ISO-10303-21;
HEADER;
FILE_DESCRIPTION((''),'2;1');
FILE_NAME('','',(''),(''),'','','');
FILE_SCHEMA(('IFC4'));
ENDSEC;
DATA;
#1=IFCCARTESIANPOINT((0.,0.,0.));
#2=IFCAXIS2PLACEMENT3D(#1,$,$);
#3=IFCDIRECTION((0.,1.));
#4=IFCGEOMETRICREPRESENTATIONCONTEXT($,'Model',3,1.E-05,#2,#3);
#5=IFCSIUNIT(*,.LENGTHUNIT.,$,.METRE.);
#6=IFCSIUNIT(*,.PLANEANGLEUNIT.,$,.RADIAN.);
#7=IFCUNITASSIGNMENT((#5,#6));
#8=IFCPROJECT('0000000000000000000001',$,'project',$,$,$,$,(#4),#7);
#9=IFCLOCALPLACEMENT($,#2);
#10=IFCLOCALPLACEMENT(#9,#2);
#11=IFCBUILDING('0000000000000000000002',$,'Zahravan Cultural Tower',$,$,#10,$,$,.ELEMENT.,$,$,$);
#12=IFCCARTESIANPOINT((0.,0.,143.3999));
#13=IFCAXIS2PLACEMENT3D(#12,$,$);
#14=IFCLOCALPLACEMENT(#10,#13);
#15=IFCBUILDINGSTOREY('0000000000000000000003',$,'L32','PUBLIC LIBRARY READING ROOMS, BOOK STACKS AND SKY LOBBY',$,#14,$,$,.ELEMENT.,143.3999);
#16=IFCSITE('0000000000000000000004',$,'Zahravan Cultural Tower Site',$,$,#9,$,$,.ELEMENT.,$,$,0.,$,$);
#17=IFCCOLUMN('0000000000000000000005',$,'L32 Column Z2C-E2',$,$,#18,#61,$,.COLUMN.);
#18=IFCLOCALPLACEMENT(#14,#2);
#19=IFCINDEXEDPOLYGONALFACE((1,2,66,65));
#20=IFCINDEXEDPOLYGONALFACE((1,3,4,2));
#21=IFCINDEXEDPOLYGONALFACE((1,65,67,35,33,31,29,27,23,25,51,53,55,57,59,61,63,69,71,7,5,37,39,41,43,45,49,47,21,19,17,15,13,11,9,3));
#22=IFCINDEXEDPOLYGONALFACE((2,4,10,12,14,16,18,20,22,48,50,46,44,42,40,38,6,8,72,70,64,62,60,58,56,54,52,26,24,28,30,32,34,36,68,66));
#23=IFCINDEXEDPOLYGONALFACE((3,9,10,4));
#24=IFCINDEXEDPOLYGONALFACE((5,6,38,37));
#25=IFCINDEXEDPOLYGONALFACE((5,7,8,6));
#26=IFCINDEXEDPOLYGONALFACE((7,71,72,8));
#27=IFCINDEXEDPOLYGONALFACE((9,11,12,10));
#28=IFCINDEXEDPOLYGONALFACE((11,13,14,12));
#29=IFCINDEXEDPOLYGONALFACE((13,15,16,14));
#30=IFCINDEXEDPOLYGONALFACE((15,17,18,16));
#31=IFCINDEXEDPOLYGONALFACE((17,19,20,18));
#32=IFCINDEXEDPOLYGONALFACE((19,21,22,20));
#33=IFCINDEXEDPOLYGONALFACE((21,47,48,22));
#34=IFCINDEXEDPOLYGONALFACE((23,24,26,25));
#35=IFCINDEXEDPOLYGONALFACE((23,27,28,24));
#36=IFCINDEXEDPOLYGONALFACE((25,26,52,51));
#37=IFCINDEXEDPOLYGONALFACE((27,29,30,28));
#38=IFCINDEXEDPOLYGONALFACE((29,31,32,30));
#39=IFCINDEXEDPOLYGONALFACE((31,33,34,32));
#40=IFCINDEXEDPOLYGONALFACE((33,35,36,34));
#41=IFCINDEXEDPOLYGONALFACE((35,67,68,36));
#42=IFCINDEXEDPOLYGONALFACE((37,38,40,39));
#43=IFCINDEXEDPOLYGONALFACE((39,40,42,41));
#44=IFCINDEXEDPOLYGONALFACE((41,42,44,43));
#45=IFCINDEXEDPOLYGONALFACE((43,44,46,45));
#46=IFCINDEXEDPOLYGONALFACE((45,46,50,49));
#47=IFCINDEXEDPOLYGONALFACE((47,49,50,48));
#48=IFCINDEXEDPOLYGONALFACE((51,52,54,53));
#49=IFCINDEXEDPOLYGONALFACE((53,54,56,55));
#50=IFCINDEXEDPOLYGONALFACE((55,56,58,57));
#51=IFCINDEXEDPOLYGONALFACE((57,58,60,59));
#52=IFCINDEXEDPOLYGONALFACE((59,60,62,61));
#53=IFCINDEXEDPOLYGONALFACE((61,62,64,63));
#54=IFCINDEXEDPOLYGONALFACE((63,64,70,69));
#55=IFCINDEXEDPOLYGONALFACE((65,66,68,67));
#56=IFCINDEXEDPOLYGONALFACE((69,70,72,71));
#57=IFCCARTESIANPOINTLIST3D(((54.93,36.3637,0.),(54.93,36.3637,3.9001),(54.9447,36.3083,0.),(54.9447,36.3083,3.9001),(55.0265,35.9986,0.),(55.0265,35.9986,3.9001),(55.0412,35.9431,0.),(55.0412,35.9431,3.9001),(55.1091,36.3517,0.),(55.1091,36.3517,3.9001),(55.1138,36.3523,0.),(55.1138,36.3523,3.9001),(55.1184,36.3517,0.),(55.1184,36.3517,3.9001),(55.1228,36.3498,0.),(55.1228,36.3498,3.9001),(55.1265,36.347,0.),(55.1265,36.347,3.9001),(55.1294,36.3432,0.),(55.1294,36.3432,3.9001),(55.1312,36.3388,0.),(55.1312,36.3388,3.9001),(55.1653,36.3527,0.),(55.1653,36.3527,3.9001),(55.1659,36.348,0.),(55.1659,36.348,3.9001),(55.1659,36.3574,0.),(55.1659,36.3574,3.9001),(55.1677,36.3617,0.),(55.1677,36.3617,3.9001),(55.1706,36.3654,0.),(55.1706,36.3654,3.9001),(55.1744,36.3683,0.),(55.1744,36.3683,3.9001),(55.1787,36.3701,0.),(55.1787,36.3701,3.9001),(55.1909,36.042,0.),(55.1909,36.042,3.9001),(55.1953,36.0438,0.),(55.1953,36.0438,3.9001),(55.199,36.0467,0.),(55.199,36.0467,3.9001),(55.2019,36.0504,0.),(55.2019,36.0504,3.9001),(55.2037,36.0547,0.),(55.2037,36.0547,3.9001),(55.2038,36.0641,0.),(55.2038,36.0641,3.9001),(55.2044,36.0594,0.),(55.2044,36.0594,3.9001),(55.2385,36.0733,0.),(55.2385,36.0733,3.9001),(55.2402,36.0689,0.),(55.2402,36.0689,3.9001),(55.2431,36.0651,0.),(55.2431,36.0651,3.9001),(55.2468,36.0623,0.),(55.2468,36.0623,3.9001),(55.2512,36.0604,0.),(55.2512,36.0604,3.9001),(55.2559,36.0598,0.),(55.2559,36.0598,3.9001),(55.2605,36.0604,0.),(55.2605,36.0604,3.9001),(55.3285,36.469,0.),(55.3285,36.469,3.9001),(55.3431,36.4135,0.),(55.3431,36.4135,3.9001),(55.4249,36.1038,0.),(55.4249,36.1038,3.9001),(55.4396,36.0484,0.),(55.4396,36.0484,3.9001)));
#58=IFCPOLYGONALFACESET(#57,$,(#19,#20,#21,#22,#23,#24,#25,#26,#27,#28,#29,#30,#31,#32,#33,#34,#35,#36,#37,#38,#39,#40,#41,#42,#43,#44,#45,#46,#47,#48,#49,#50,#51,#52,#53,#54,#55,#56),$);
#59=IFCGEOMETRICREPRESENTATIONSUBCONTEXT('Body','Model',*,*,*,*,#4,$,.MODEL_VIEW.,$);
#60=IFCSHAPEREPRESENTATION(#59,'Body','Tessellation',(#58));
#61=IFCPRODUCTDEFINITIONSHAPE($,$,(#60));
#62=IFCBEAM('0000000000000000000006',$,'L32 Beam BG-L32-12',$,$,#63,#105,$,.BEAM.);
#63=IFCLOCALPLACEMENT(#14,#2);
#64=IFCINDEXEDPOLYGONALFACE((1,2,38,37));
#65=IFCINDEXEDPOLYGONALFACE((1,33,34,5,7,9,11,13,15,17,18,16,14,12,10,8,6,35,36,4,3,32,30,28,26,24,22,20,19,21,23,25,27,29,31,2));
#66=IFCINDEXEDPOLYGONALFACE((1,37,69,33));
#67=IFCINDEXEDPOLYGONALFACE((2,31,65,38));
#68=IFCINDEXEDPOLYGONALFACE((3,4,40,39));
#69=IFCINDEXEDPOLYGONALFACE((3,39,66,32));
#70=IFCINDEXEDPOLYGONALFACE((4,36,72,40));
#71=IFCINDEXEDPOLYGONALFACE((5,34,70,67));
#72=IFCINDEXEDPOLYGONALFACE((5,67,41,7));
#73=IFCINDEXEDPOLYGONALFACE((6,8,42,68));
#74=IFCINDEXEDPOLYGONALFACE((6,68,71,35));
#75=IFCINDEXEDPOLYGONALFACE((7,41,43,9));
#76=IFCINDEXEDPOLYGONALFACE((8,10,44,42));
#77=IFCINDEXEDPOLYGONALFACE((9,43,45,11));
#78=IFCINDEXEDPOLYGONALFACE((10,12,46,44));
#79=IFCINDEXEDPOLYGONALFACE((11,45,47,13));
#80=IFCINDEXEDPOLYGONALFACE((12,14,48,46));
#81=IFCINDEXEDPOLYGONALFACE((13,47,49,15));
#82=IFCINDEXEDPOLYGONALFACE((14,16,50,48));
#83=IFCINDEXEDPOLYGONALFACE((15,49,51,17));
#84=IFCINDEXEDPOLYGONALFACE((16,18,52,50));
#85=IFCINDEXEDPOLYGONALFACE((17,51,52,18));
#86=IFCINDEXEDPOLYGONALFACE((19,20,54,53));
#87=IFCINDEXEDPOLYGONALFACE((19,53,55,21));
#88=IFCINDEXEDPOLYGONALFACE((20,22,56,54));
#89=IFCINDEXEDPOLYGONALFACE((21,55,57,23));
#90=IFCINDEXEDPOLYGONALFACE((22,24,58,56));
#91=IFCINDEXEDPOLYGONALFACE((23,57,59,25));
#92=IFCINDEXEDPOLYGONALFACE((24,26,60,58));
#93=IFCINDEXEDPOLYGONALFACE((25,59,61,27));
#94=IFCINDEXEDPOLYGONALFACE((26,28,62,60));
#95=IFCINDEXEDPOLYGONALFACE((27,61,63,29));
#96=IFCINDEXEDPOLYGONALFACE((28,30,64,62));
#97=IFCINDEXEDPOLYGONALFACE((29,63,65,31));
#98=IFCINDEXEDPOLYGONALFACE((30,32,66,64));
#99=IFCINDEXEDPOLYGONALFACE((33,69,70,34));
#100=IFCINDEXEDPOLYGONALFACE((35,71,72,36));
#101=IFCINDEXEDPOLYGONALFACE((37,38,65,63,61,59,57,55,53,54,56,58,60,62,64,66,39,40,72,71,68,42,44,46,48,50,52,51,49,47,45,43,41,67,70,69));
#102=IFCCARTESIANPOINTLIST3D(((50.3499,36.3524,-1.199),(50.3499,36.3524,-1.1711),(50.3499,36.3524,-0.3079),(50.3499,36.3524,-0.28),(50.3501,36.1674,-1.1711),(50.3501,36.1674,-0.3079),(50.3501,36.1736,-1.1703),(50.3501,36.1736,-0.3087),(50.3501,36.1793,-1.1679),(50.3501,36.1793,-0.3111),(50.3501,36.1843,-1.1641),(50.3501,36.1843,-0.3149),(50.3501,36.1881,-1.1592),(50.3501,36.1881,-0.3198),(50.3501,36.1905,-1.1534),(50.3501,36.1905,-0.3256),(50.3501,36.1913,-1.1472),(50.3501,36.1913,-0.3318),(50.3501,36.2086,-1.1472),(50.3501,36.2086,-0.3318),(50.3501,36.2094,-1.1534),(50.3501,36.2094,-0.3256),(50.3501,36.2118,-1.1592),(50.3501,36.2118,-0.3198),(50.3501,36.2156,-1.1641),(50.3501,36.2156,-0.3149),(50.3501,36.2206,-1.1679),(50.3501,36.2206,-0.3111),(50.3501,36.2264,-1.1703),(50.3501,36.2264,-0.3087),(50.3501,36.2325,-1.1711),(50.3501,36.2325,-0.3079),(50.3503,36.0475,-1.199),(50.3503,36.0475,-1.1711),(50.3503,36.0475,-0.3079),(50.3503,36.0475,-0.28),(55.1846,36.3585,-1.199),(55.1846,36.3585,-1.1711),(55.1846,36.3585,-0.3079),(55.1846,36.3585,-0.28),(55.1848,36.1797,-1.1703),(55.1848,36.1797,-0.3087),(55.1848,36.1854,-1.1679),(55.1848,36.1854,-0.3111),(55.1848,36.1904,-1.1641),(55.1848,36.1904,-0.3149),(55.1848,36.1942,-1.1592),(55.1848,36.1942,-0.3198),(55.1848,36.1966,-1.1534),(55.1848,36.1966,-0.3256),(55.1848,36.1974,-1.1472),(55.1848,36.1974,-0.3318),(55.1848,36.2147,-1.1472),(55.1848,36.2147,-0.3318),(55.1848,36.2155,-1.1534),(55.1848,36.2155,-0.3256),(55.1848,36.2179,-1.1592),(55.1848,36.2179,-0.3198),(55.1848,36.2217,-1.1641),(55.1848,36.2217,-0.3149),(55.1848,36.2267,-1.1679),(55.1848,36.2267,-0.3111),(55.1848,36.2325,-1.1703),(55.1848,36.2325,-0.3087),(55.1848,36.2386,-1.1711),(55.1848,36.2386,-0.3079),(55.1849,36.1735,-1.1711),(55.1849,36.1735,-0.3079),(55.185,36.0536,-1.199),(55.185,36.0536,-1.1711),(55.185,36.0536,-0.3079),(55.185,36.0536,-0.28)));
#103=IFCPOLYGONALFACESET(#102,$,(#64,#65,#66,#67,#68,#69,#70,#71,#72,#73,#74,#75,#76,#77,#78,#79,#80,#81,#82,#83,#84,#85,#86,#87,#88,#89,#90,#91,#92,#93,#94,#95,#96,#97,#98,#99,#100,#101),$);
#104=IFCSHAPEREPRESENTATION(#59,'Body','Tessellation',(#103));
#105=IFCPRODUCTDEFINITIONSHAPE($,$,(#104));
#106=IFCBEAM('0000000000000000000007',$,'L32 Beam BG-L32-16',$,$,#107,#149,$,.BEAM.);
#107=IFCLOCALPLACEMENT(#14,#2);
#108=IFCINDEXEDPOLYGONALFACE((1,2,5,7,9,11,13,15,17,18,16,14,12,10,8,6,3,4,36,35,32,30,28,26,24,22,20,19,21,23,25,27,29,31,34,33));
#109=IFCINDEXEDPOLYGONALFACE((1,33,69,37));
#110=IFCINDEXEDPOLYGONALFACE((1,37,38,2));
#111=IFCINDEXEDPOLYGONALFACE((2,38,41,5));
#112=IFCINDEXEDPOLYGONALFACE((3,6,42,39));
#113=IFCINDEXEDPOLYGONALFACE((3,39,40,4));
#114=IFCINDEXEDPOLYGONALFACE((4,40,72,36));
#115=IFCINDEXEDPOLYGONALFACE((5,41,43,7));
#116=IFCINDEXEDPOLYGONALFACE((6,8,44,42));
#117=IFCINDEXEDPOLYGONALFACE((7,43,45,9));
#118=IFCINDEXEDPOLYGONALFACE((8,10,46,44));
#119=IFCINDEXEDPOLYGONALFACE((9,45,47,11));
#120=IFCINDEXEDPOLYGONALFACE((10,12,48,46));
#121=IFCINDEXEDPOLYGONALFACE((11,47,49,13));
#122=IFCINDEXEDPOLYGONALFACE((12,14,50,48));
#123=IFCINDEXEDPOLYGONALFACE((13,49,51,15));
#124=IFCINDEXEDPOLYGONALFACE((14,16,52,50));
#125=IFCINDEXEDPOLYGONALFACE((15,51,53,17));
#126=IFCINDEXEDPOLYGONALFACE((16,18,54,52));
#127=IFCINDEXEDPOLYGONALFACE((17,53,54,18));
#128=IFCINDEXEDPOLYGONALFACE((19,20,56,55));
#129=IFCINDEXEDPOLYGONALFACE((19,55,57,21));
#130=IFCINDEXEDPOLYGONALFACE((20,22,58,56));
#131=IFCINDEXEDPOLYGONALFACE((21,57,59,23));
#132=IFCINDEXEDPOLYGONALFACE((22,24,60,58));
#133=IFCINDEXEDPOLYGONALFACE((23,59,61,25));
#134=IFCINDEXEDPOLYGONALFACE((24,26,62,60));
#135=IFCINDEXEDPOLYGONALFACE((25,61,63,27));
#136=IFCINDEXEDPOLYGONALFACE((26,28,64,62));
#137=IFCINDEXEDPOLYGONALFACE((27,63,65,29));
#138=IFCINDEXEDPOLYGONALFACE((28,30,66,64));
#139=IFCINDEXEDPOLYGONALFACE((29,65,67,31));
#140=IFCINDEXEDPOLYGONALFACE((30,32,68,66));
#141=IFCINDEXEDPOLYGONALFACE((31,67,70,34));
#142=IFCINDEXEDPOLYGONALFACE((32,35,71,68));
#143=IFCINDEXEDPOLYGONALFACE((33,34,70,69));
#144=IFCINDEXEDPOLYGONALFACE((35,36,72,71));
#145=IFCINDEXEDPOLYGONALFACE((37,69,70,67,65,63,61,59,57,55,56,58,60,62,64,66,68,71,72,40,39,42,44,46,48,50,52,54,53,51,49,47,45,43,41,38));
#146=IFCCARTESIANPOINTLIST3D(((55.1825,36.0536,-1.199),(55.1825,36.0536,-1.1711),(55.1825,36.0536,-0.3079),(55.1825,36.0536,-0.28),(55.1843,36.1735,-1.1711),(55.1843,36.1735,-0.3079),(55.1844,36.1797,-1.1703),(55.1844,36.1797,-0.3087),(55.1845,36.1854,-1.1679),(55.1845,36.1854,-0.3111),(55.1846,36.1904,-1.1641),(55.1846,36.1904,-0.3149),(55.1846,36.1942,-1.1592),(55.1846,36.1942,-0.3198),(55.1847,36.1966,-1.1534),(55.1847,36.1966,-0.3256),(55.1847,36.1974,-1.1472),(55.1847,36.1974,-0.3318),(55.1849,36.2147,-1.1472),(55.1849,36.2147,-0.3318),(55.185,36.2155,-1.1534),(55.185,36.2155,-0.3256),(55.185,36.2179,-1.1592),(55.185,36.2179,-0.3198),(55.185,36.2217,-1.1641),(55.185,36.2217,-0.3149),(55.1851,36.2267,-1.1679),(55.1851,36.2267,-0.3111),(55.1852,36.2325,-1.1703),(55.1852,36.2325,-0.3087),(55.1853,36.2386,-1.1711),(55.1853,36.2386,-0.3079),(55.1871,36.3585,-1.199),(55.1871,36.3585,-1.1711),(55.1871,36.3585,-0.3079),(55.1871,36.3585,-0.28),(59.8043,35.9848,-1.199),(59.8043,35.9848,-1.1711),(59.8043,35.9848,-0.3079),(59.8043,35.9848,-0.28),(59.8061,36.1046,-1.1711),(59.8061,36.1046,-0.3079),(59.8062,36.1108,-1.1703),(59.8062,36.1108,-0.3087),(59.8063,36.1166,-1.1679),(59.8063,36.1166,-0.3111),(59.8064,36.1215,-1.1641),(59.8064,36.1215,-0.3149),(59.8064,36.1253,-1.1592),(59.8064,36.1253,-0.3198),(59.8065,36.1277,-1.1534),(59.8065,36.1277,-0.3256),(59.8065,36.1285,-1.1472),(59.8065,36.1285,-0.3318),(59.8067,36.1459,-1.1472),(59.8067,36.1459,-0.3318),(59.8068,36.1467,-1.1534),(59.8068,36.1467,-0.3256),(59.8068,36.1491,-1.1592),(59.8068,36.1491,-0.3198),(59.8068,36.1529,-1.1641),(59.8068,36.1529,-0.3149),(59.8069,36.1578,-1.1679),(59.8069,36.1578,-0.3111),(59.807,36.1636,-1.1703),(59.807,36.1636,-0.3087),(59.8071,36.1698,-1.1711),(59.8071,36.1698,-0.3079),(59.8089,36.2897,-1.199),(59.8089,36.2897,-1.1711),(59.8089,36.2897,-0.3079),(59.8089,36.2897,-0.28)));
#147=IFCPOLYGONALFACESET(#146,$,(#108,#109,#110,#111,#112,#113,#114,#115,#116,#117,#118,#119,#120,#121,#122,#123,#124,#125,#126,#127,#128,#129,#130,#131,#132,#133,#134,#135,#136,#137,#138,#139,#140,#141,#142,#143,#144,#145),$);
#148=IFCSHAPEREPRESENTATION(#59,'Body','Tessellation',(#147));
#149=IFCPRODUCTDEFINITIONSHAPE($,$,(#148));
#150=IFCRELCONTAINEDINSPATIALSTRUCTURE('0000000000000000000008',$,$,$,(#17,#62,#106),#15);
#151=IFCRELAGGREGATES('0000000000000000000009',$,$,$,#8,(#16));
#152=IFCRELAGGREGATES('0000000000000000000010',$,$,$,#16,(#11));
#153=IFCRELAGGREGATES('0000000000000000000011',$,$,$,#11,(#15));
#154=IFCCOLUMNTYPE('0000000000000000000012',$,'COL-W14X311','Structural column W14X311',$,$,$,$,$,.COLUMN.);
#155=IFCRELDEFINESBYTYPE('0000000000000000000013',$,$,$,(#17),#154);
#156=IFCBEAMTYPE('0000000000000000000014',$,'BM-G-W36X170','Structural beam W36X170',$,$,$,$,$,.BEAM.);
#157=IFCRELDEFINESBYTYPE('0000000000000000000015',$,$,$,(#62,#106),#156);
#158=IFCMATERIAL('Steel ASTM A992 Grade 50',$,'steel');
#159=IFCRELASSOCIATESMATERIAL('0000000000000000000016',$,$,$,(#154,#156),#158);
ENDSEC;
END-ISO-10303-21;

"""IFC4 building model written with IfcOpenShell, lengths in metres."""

from ifc_helpers import new_model, si_unit, direction, frame, origin, origin_2d, place, context, subcontext, project, spatial, i_section, extrude, source, transform, mapped, material, material_profile, profile_set, type_object, element, save


model = new_model("IFC4")

# Units and contexts
model_context = context("Model", 3, precision=1e-05, world=origin(), true_north=direction((0.0, 1.0)))
body_context = subcontext(model_context, "Body", "Model", "MODEL_VIEW")
ifc_project = project(units=[si_unit("LENGTHUNIT", "METRE"), si_unit("PLANEANGLEUNIT", "RADIAN")], contexts=[model_context])

# Site, building, storey
site_placement = place(None, origin())
site = spatial("IfcSite", under=ifc_project, at=site_placement, Name="Zahravan Cultural Tower Site", CompositionType="ELEMENT", RefElevation=0.0)
building_placement = place(site_placement, origin())
building = spatial("IfcBuilding", under=site, at=building_placement, Name="Zahravan Cultural Tower", CompositionType="ELEMENT")
storey_placement = place(building_placement, frame((0.0, 0.0, 143.3999)))
storey = spatial("IfcBuildingStorey", under=building, at=storey_placement, Name="L32", Description="PUBLIC LIBRARY READING ROOMS, BOOK STACKS AND SKY LOBBY", CompositionType="ELEMENT", Elevation=143.3999)

# Column
ifc_material_1 = material(Name="Steel ASTM A992 Grade 50", Category="steel")
ifc_material_profile_1 = material_profile(ifc_material_1, i_section(OverallWidth=0.4121, OverallDepth=0.4351, WebThickness=0.0359, FlangeThickness=0.0574, FilletRadius=0.0181, at=origin_2d()), Name="W14X311")
ifc_profile_set_1 = profile_set([ifc_material_profile_1], Name="Steel ASTM A992 Grade 50")
column_type = type_object("IfcColumnType", Name="COL-W14X311", Description="Structural column W14X311", PredefinedType="COLUMN", material=ifc_profile_set_1)
shared_shape_1 = source(origin(), body_context, "Body", "SweptSolid", [
    extrude(i_section(OverallWidth=0.4121, OverallDepth=0.4351, WebThickness=0.0359, FlangeThickness=0.0574, FilletRadius=0.0181, at=origin_2d()), origin(), (0.0, 0.0, 1.0), 3.9001),
])
column_placement = place(storey_placement, frame((55.1848, 36.2061, 0.0), z_axis=(0.0, 0.0, 1.0), x_axis=(0.966823, 0.255446, 0.0)))
element("IfcColumn", 1, at=column_placement, inside=storey, type_object=column_type, Name="L32 Column Z2C-E2", PredefinedType="COLUMN", context=body_context, shape_type="MappedRepresentation", body=[
    mapped(shared_shape_1, transform((0.0, 0.0, 0.0), x_axis=(1.0, 0.0, 0.0), y_axis=(0.0, 1.0, 0.0), z_axis=(0.0, 0.0, 1.0), scale=1.0)),
])

# Beams
ifc_material_profile_2 = material_profile(ifc_material_1, i_section(OverallWidth=0.3049, OverallDepth=0.9189, WebThickness=0.0173, FlangeThickness=0.0278, FilletRadius=0.0239, at=origin_2d()), Name="W36X170")
ifc_profile_set_2 = profile_set([ifc_material_profile_2], Name="Steel ASTM A992 Grade 50")
beam_type_1 = type_object("IfcBeamType", Name="BM-G-W36X170", Description="Structural beam W36X170", PredefinedType="BEAM", material=ifc_profile_set_2)
shared_shape_2 = source(origin(), body_context, "Body", "SweptSolid", [
    extrude(i_section(OverallWidth=0.3049, OverallDepth=0.9189, WebThickness=0.0173, FlangeThickness=0.0278, FilletRadius=0.0239, at=origin_2d()), origin(), (0.0, 0.0, 1.0), 4.8347),
])
beam_1_placement = place(storey_placement, frame((50.3501, 36.2, -0.7395), z_axis=(0.999999, 0.001262, 0.0), x_axis=(-0.001262, 0.999999, 0.0)))
element("IfcBeam", 2, at=beam_1_placement, inside=storey, type_object=beam_type_1, Name="L32 Beam BG-L32-12", PredefinedType="BEAM", context=body_context, shape_type="MappedRepresentation", body=[
    mapped(shared_shape_2, transform((0.0, 0.0, 0.0), x_axis=(1.0, 0.0, 0.0), y_axis=(0.0, 1.0, 0.0), z_axis=(0.0, 0.0, 1.0), scale=1.0)),
])
shared_shape_3 = source(origin(), body_context, "Body", "SweptSolid", [
    extrude(i_section(OverallWidth=0.3049, OverallDepth=0.9189, WebThickness=0.0173, FlangeThickness=0.0278, FilletRadius=0.0239, at=origin_2d()), origin(), (0.0, 0.0, 1.0), 4.6223),
])
beam_2_placement = place(storey_placement, frame((55.1848, 36.2061, -0.7395), z_axis=(0.999889, -0.014895, 0.0), x_axis=(0.014895, 0.999889, 0.0)))
element("IfcBeam", 3, at=beam_2_placement, inside=storey, type_object=beam_type_1, Name="L32 Beam BG-L32-16", PredefinedType="BEAM", context=body_context, shape_type="MappedRepresentation", body=[
    mapped(shared_shape_3, transform((0.0, 0.0, 0.0), x_axis=(1.0, 0.0, 0.0), y_axis=(0.0, 1.0, 0.0), z_axis=(0.0, 0.0, 1.0), scale=1.0)),
])

save(model, "model.ifc")
